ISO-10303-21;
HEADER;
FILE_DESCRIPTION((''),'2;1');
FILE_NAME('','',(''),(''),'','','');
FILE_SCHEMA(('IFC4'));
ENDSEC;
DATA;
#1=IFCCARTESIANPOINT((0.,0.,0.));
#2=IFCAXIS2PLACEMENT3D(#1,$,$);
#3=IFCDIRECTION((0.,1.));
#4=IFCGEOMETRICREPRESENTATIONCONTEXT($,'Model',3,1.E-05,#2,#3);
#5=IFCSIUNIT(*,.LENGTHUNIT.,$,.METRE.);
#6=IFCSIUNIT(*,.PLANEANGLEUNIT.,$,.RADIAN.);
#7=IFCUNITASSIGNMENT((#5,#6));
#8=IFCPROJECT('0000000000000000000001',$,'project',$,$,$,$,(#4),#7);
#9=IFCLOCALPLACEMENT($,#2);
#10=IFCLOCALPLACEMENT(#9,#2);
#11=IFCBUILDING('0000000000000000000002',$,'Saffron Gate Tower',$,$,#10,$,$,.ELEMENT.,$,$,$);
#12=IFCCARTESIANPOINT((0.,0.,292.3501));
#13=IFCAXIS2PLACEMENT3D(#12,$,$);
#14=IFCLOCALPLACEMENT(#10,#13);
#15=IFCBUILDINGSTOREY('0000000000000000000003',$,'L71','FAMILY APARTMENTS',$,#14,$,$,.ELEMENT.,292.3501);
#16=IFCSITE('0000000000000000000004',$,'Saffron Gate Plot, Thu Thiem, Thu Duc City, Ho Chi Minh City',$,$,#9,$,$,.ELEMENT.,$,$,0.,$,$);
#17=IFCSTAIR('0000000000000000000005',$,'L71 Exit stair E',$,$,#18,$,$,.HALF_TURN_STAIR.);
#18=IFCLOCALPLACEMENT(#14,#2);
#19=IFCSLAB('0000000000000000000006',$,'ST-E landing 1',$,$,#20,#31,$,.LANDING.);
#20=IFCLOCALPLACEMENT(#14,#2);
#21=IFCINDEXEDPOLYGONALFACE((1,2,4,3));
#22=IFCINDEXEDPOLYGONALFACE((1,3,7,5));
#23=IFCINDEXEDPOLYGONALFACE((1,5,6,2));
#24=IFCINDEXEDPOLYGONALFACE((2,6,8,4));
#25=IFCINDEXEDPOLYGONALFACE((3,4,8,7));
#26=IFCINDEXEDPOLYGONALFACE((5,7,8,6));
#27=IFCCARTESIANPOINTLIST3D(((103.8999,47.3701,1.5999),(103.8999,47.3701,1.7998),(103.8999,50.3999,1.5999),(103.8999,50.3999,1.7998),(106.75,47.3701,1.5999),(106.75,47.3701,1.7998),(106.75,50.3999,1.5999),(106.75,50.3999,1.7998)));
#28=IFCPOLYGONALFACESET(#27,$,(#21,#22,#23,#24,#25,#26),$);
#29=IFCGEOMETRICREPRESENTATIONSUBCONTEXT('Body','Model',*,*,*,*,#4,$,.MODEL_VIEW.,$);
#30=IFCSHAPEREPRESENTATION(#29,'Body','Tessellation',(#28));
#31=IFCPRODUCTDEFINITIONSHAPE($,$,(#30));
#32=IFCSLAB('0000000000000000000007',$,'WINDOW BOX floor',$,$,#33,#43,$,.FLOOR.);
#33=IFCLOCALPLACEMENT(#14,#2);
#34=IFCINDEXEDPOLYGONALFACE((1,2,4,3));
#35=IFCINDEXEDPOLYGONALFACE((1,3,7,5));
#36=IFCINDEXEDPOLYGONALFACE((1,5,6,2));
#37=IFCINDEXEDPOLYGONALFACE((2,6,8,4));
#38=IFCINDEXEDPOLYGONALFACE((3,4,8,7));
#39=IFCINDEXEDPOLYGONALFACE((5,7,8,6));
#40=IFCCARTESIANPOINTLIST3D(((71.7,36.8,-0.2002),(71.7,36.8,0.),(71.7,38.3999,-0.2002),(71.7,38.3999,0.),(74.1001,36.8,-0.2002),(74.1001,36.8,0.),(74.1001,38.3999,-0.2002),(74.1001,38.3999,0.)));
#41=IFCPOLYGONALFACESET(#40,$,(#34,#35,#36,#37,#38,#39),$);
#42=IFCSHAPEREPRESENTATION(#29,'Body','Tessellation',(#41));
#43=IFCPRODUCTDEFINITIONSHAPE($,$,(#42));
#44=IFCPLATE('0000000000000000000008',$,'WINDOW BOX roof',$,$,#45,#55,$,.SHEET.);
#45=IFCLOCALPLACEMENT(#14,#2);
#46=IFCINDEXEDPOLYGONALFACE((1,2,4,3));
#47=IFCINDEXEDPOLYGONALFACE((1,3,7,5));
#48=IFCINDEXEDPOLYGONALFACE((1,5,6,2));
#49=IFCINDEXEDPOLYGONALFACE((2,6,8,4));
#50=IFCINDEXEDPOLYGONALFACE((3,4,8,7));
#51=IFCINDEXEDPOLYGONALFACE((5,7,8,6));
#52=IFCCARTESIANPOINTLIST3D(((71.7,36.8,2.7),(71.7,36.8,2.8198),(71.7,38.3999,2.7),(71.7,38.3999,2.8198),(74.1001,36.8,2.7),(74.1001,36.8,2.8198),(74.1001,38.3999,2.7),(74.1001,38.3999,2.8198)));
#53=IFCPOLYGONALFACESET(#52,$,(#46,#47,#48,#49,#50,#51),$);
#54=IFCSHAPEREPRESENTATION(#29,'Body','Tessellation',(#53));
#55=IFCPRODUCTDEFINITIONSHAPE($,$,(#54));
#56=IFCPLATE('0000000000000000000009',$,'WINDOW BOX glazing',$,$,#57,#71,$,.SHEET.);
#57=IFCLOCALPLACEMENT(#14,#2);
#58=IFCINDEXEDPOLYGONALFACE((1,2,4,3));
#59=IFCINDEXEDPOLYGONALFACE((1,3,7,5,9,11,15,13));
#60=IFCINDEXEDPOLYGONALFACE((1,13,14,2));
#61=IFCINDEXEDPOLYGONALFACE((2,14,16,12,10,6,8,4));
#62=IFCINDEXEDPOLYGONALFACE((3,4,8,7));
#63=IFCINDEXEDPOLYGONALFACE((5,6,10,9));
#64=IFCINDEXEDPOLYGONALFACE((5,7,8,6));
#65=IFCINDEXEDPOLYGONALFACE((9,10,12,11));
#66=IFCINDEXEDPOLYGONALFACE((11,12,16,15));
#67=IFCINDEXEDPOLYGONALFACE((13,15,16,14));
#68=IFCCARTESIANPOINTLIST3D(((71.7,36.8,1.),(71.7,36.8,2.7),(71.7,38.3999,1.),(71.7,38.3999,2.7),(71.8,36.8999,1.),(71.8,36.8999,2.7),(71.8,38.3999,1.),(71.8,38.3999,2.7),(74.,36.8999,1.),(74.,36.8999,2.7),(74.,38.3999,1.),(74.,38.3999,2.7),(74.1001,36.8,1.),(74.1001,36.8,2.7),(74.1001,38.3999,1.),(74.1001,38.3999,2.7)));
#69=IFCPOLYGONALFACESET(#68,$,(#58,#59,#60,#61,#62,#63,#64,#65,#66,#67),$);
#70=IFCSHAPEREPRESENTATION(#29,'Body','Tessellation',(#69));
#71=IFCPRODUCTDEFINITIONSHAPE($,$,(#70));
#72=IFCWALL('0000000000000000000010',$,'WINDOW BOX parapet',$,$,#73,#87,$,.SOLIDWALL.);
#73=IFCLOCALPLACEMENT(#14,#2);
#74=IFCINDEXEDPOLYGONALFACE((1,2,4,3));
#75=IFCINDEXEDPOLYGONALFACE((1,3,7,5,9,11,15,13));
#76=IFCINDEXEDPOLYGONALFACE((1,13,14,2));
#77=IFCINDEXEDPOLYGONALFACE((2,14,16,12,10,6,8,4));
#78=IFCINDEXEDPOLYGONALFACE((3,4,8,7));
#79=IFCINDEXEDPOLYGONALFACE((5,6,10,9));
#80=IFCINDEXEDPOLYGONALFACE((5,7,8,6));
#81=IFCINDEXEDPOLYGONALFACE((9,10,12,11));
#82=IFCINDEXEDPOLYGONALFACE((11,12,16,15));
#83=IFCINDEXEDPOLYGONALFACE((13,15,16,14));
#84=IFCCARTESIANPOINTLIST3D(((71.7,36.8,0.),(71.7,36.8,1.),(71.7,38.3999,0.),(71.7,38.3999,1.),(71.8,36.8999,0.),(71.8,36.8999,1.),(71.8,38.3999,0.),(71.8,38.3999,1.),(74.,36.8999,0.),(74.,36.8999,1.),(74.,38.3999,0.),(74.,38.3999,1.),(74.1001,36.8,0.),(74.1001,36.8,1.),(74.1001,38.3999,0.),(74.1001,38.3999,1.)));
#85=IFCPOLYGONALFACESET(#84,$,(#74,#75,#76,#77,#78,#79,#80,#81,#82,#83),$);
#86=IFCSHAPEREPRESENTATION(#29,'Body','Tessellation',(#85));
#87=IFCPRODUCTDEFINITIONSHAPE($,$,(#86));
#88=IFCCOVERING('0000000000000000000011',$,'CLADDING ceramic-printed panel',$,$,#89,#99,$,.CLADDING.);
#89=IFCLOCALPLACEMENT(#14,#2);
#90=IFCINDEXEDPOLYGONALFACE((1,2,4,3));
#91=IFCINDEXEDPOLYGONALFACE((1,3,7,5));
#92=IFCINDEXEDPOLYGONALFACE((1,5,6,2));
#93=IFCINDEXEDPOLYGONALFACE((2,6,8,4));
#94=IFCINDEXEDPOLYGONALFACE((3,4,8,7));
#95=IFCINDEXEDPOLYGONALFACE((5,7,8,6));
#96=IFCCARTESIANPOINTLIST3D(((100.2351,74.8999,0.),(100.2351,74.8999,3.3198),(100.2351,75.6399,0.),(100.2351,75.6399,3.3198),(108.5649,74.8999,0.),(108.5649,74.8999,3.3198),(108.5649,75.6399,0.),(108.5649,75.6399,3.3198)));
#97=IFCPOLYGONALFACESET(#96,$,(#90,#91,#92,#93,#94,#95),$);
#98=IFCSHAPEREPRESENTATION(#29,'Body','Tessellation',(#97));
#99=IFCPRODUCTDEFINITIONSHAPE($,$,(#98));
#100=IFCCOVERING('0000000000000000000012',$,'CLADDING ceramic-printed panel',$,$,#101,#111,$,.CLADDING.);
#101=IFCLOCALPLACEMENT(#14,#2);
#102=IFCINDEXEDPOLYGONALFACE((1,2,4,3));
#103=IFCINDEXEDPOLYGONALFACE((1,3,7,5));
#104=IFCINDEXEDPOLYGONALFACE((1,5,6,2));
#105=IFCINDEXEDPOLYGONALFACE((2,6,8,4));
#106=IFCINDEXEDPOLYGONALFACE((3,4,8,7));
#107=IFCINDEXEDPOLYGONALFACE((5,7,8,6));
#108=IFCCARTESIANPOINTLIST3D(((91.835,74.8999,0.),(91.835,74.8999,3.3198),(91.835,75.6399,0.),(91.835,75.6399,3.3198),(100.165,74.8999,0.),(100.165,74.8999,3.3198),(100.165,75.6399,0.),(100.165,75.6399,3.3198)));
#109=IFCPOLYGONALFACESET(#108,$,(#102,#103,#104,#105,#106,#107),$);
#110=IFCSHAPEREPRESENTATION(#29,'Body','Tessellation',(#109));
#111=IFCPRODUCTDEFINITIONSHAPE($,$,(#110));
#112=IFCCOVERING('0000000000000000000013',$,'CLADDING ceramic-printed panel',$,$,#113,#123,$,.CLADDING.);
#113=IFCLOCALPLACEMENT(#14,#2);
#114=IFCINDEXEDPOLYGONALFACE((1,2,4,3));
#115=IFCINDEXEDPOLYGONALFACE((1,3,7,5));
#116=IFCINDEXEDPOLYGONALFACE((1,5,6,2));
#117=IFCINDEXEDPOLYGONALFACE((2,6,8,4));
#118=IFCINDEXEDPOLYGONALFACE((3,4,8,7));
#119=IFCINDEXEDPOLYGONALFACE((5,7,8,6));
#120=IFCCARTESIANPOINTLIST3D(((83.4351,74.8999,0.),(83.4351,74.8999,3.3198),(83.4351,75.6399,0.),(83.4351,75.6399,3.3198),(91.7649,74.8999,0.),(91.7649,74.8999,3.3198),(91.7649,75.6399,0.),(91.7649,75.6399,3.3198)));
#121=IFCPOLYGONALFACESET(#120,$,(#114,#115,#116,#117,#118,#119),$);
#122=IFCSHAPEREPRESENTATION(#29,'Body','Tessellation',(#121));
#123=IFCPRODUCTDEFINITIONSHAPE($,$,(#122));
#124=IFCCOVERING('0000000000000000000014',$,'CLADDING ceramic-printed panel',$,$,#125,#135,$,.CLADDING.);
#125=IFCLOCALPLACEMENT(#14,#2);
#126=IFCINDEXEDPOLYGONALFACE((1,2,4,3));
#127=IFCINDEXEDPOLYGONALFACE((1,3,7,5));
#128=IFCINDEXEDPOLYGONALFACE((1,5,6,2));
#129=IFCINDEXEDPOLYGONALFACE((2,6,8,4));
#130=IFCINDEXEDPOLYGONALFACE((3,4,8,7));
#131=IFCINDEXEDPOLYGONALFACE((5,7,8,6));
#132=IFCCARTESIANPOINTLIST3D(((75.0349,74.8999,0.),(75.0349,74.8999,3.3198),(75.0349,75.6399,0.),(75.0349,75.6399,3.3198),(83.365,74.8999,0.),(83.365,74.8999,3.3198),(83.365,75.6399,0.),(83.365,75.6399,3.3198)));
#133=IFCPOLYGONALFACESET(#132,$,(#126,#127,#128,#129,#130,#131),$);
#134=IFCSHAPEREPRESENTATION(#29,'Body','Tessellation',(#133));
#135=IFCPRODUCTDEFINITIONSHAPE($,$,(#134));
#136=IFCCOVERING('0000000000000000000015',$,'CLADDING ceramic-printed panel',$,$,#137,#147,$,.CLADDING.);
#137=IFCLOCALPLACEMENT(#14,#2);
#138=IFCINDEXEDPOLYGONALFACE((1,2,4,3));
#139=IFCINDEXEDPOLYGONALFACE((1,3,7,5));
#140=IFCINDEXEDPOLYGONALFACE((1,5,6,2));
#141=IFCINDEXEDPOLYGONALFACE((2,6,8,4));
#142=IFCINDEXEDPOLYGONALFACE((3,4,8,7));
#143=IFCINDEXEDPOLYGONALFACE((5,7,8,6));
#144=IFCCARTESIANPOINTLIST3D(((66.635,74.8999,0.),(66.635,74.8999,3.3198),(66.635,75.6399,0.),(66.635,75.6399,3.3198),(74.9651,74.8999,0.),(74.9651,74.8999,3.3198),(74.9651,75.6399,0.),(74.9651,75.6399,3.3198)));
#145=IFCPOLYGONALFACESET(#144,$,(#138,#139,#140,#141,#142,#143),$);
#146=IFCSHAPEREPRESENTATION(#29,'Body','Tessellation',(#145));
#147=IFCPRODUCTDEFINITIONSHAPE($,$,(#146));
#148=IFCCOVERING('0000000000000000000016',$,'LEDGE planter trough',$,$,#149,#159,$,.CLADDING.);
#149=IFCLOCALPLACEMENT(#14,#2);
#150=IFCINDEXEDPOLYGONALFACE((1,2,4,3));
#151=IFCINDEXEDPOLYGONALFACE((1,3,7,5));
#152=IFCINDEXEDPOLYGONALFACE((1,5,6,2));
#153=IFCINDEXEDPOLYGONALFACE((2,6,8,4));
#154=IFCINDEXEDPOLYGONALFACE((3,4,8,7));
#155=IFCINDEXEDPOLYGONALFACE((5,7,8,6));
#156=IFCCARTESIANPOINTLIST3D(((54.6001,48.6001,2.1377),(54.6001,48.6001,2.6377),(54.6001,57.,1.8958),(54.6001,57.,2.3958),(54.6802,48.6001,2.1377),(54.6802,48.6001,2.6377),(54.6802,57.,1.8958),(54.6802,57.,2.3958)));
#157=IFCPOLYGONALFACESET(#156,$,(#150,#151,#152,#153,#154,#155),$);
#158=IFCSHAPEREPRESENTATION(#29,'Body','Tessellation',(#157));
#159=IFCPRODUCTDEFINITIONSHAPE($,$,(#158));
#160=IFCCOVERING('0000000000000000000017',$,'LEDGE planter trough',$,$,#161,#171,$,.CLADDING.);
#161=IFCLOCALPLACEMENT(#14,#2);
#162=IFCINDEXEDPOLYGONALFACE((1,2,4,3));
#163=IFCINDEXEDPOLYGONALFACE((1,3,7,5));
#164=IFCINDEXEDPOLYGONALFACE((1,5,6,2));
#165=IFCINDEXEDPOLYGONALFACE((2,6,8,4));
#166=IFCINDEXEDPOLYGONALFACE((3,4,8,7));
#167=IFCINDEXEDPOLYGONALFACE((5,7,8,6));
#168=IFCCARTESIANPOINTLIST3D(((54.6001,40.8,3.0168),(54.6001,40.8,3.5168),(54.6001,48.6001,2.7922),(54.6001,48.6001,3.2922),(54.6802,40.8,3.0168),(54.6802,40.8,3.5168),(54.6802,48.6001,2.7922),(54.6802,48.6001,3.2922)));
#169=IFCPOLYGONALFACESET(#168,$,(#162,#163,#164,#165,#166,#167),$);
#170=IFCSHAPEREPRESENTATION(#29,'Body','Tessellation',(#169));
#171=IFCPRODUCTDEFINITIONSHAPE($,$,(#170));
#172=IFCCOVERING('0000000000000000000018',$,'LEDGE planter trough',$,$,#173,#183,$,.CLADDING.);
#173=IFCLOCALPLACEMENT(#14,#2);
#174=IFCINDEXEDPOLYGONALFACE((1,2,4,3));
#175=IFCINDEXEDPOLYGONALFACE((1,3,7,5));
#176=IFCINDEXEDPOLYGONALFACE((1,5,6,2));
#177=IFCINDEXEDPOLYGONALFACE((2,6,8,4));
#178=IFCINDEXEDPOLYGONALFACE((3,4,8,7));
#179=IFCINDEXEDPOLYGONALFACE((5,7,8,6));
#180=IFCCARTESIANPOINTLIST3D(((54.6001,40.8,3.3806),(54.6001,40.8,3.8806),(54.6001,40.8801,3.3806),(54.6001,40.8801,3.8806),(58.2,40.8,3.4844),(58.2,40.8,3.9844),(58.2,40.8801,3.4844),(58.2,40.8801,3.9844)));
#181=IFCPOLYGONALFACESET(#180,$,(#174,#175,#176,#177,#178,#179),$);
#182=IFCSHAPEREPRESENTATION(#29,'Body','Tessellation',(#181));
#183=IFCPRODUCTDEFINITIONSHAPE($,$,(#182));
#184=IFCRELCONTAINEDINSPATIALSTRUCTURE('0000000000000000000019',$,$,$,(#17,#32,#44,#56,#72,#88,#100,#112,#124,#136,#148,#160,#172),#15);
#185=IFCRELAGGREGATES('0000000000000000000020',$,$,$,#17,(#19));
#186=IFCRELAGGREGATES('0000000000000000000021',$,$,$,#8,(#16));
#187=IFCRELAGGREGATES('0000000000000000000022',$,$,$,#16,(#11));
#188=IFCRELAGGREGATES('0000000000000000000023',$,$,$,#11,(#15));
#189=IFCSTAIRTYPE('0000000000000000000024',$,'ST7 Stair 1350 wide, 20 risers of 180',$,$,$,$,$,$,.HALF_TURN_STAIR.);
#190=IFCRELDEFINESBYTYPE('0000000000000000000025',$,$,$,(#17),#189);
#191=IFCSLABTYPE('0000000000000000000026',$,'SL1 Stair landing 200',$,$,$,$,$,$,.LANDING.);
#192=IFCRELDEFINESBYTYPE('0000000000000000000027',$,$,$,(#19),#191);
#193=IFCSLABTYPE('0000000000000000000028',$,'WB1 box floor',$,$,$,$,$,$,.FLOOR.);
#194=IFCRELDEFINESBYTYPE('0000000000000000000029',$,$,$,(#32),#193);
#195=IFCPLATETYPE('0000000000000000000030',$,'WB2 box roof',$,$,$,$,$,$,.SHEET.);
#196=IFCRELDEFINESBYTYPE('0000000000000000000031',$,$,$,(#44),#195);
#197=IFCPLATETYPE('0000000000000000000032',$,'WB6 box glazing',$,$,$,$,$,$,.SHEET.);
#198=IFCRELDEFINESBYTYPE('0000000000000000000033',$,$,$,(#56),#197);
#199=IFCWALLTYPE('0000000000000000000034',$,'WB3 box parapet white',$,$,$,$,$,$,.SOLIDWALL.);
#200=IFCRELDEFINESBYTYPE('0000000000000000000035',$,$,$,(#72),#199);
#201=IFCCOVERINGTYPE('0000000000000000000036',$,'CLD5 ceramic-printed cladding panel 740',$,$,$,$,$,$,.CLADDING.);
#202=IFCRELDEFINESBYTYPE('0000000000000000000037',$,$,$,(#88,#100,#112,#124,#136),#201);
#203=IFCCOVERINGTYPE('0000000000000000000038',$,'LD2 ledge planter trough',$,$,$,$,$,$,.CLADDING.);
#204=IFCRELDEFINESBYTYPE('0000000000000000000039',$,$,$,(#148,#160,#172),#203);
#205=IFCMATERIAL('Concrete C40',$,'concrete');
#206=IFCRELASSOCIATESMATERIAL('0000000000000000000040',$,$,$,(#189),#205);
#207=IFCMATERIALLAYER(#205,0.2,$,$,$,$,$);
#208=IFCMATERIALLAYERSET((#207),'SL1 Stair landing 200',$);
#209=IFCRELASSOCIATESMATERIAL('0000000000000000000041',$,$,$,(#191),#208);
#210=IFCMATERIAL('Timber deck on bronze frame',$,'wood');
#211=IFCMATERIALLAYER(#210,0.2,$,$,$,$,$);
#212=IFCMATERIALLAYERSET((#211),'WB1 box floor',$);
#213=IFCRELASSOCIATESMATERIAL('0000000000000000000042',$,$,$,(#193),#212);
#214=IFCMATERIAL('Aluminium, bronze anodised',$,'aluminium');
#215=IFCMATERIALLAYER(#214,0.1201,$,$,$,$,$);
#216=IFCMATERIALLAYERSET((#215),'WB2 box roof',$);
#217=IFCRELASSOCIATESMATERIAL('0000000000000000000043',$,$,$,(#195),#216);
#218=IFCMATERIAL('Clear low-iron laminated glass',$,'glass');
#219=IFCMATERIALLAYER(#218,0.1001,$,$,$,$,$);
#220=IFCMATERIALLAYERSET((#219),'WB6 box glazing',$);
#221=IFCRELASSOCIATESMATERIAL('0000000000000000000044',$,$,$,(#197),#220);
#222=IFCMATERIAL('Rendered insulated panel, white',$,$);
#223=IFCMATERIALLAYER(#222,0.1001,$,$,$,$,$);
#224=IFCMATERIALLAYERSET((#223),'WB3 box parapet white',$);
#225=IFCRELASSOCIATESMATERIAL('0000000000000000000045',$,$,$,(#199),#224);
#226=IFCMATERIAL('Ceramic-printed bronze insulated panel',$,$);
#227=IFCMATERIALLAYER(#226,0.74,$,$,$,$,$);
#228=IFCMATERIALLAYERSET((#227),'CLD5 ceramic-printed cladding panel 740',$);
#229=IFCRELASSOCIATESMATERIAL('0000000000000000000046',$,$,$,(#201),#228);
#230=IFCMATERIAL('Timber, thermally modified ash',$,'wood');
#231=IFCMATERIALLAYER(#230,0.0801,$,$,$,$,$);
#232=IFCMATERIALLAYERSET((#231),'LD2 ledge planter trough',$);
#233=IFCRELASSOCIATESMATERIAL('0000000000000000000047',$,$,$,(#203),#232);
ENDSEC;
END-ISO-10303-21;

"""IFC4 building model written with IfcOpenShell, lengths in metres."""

from ifc_helpers import new_model, si_unit, direction, frame, origin, place, context, subcontext, project, spatial, polyline, outline, extrude, material, layer, layer_set, type_object, element, aggregate, save


model = new_model("IFC4")

# Units and contexts
model_context = context("Model", 3, precision=1e-05, world=origin(), true_north=direction((0.0, 1.0)))
body_context = subcontext(model_context, "Body", "Model", "MODEL_VIEW")
ifc_project = project(units=[si_unit("LENGTHUNIT", "METRE"), si_unit("PLANEANGLEUNIT", "RADIAN")], contexts=[model_context])

# Site, building, storey
site_placement = place(None, origin())
site = spatial("IfcSite", under=ifc_project, at=site_placement, Name="Saffron Gate Plot, Thu Thiem, Thu Duc City, Ho Chi Minh City", CompositionType="ELEMENT", RefElevation=0.0)
building_placement = place(site_placement, origin())
building = spatial("IfcBuilding", under=site, at=building_placement, Name="Saffron Gate Tower", CompositionType="ELEMENT")
storey_placement = place(building_placement, frame((0.0, 0.0, 292.3501)))
storey = spatial("IfcBuildingStorey", under=building, at=storey_placement, Name="L71", Description="FAMILY APARTMENTS", CompositionType="ELEMENT", Elevation=292.3501)

# Shared definitions
ifc_material_1 = material(Name="Concrete C40", Category="concrete")

# Stair, slab
stair_type = type_object("IfcStairType", Name="ST7 Stair 1350 wide, 20 risers of 180", PredefinedType="HALF_TURN_STAIR", material=ifc_material_1)
ifc_layer_1 = layer(ifc_material_1, 0.2)
ifc_layer_set_1 = layer_set([ifc_layer_1], Name="SL1 Stair landing 200")
slab_type_1 = type_object("IfcSlabType", Name="SL1 Stair landing 200", PredefinedType="LANDING", material=ifc_layer_set_1)
stair_1_placement = place(storey_placement, origin())
stair_1 = element("IfcStair", 1, at=stair_1_placement, inside=storey, type_object=stair_type, Name="L71 Exit stair E", PredefinedType="HALF_TURN_STAIR")
slab_1_placement = place(storey_placement, frame((0.0, 0.0, 1.5999)))
slab_1 = element("IfcSlab", 2, at=slab_1_placement, type_object=slab_type_1, Name="ST-E landing 1", PredefinedType="LANDING", context=body_context, shape_type="SweptSolid", body=[
    extrude(outline(polyline([(106.75, 47.3701), (106.75, 50.3999), (103.8999, 50.3999), (103.8999, 47.3701), (106.75, 47.3701)])), origin(), (0.0, 0.0, 1.0), 0.2),
])
aggregate(stair_1, [slab_1])

# Slab
ifc_material_2 = material(Name="Timber deck on bronze frame", Category="wood")
ifc_layer_2 = layer(ifc_material_2, 0.2)
ifc_layer_set_2 = layer_set([ifc_layer_2], Name="WB1 box floor")
slab_type_2 = type_object("IfcSlabType", Name="WB1 box floor", PredefinedType="FLOOR", material=ifc_layer_set_2)
slab_2_placement = place(storey_placement, frame((0.0, 0.0, -0.2002)))
element("IfcSlab", 3, at=slab_2_placement, inside=storey, type_object=slab_type_2, Name="WINDOW BOX floor", PredefinedType="FLOOR", context=body_context, shape_type="SweptSolid", body=[
    extrude(outline(polyline([(71.7, 38.3999), (74.1001, 38.3999), (74.1001, 36.8), (71.7, 36.8), (71.7, 38.3999)])), origin(), (0.0, 0.0, 1.0), 0.2002),
])

# Plates
ifc_material_3 = material(Name="Aluminium, bronze anodised", Category="aluminium")
ifc_layer_3 = layer(ifc_material_3, 0.1201)
ifc_layer_set_3 = layer_set([ifc_layer_3], Name="WB2 box roof")
plate_type_1 = type_object("IfcPlateType", Name="WB2 box roof", PredefinedType="SHEET", material=ifc_layer_set_3)
plate_1_placement = place(storey_placement, frame((0.0, 0.0, 2.7)))
element("IfcPlate", 4, at=plate_1_placement, inside=storey, type_object=plate_type_1, Name="WINDOW BOX roof", PredefinedType="SHEET", context=body_context, shape_type="SweptSolid", body=[
    extrude(outline(polyline([(71.7, 38.3999), (74.1001, 38.3999), (74.1001, 36.8), (71.7, 36.8), (71.7, 38.3999)])), origin(), (0.0, 0.0, 1.0), 0.1199),
])
ifc_material_4 = material(Name="Clear low-iron laminated glass", Category="glass")
ifc_layer_4 = layer(ifc_material_4, 0.1001)
ifc_layer_set_4 = layer_set([ifc_layer_4], Name="WB6 box glazing")
plate_type_2 = type_object("IfcPlateType", Name="WB6 box glazing", PredefinedType="SHEET", material=ifc_layer_set_4)
plate_2_placement = place(storey_placement, frame((0.0, 0.0, 1.0)))
element("IfcPlate", 5, at=plate_2_placement, inside=storey, type_object=plate_type_2, Name="WINDOW BOX glazing", PredefinedType="SHEET", context=body_context, shape_type="SweptSolid", body=[
    extrude(outline(polyline([(71.7, 38.3999), (71.8, 38.3999), (71.8, 36.8999), (74.0, 36.8999), (74.0, 38.3999), (74.1001, 38.3999), (74.1001, 36.8), (71.7, 36.8), (71.7, 38.3999)])), origin(), (0.0, 0.0, 1.0), 1.7),
])

# Wall
ifc_material_5 = material(Name="Rendered insulated panel, white")
ifc_layer_5 = layer(ifc_material_5, 0.1001)
ifc_layer_set_5 = layer_set([ifc_layer_5], Name="WB3 box parapet white")
wall_type = type_object("IfcWallType", Name="WB3 box parapet white", PredefinedType="SOLIDWALL", material=ifc_layer_set_5)
wall_placement = place(storey_placement, origin())
element("IfcWall", 6, at=wall_placement, inside=storey, type_object=wall_type, Name="WINDOW BOX parapet", PredefinedType="SOLIDWALL", context=body_context, shape_type="SweptSolid", body=[
    extrude(outline(polyline([(71.7, 38.3999), (71.8, 38.3999), (71.8, 36.8999), (74.0, 36.8999), (74.0, 38.3999), (74.1001, 38.3999), (74.1001, 36.8), (71.7, 36.8), (71.7, 38.3999)])), origin(), (0.0, 0.0, 1.0), 1.0),
])

# Coverings
ifc_material_6 = material(Name="Ceramic-printed bronze insulated panel")
ifc_layer_6 = layer(ifc_material_6, 0.74)
ifc_layer_set_6 = layer_set([ifc_layer_6], Name="CLD5 ceramic-printed cladding panel 740")
covering_type_1 = type_object("IfcCoveringType", Name="CLD5 ceramic-printed cladding panel 740", PredefinedType="CLADDING", material=ifc_layer_set_6)
covering_1_placement = place(storey_placement, origin())
element("IfcCovering", 7, at=covering_1_placement, inside=storey, type_object=covering_type_1, Name="CLADDING ceramic-printed panel", PredefinedType="CLADDING", context=body_context, shape_type="SweptSolid", body=[
    extrude(outline(polyline([(108.5649, 75.6399), (100.2351, 75.6399), (100.2351, 74.8999), (108.5649, 74.8999), (108.5649, 75.6399)])), origin(), (0.0, 0.0, 1.0), 3.3198),
])
covering_2_placement = place(storey_placement, origin())
element("IfcCovering", 8, at=covering_2_placement, inside=storey, type_object=covering_type_1, Name="CLADDING ceramic-printed panel", PredefinedType="CLADDING", context=body_context, shape_type="SweptSolid", body=[
    extrude(outline(polyline([(100.165, 75.6399), (91.835, 75.6399), (91.835, 74.8999), (100.165, 74.8999), (100.165, 75.6399)])), origin(), (0.0, 0.0, 1.0), 3.3198),
])
covering_3_placement = place(storey_placement, origin())
element("IfcCovering", 9, at=covering_3_placement, inside=storey, type_object=covering_type_1, Name="CLADDING ceramic-printed panel", PredefinedType="CLADDING", context=body_context, shape_type="SweptSolid", body=[
    extrude(outline(polyline([(91.7649, 75.6399), (83.4351, 75.6399), (83.4351, 74.8999), (91.7649, 74.8999), (91.7649, 75.6399)])), origin(), (0.0, 0.0, 1.0), 3.3198),
])
covering_4_placement = place(storey_placement, origin())
element("IfcCovering", 10, at=covering_4_placement, inside=storey, type_object=covering_type_1, Name="CLADDING ceramic-printed panel", PredefinedType="CLADDING", context=body_context, shape_type="SweptSolid", body=[
    extrude(outline(polyline([(83.365, 75.6399), (75.0349, 75.6399), (75.0349, 74.8999), (83.365, 74.8999), (83.365, 75.6399)])), origin(), (0.0, 0.0, 1.0), 3.3198),
])
covering_5_placement = place(storey_placement, origin())
element("IfcCovering", 11, at=covering_5_placement, inside=storey, type_object=covering_type_1, Name="CLADDING ceramic-printed panel", PredefinedType="CLADDING", context=body_context, shape_type="SweptSolid", body=[
    extrude(outline(polyline([(74.9651, 75.6399), (66.635, 75.6399), (66.635, 74.8999), (74.9651, 74.8999), (74.9651, 75.6399)])), origin(), (0.0, 0.0, 1.0), 3.3198),
])
ifc_material_7 = material(Name="Timber, thermally modified ash", Category="wood")
ifc_layer_7 = layer(ifc_material_7, 0.0801)
ifc_layer_set_7 = layer_set([ifc_layer_7], Name="LD2 ledge planter trough")
covering_type_2 = type_object("IfcCoveringType", Name="LD2 ledge planter trough", PredefinedType="CLADDING", material=ifc_layer_set_7)
covering_6_placement = place(storey_placement, frame((54.6001, 57.0, 1.8958), z_axis=(-1.0, 0.0, 0.0), x_axis=(0.0, -0.999585, 0.028791)))
element("IfcCovering", 12, at=covering_6_placement, inside=storey, type_object=covering_type_2, Name="LEDGE planter trough", PredefinedType="CLADDING", context=body_context, shape_type="SweptSolid", body=[
    extrude(outline(polyline([(0.0, 0.0), (8.4034, 0.0), (8.4178, 0.4998), (0.0144, 0.4998), (0.0, 0.0)])), origin(), (0.0, 0.0, -1.0), 0.0801),
])
covering_7_placement = place(storey_placement, frame((54.6001, 48.6001, 2.7922), z_axis=(-1.0, 0.0, 0.0), x_axis=(0.0, -0.999586, 0.028784)))
element("IfcCovering", 13, at=covering_7_placement, inside=storey, type_object=covering_type_2, Name="LEDGE planter trough", PredefinedType="CLADDING", context=body_context, shape_type="SweptSolid", body=[
    extrude(outline(polyline([(0.0, 0.0), (7.8033, 0.0), (7.8177, 0.4998), (0.0144, 0.4998), (0.0, 0.0)])), origin(), (0.0, 0.0, -1.0), 0.0801),
])
covering_8_placement = place(storey_placement, frame((54.6001, 40.8, 3.3806), z_axis=(0.0, -1.0, 0.0), x_axis=(0.999585, 0.0, 0.028811)))
element("IfcCovering", 14, at=covering_8_placement, inside=storey, type_object=covering_type_2, Name="LEDGE planter trough", PredefinedType="CLADDING", context=body_context, shape_type="SweptSolid", body=[
    extrude(outline(polyline([(0.0, 0.0), (3.6013, 0.0), (3.6158, 0.4998), (0.0144, 0.4998), (0.0, 0.0)])), origin(), (0.0, 0.0, -1.0), 0.0801),
])

save(model, "model.ifc")
